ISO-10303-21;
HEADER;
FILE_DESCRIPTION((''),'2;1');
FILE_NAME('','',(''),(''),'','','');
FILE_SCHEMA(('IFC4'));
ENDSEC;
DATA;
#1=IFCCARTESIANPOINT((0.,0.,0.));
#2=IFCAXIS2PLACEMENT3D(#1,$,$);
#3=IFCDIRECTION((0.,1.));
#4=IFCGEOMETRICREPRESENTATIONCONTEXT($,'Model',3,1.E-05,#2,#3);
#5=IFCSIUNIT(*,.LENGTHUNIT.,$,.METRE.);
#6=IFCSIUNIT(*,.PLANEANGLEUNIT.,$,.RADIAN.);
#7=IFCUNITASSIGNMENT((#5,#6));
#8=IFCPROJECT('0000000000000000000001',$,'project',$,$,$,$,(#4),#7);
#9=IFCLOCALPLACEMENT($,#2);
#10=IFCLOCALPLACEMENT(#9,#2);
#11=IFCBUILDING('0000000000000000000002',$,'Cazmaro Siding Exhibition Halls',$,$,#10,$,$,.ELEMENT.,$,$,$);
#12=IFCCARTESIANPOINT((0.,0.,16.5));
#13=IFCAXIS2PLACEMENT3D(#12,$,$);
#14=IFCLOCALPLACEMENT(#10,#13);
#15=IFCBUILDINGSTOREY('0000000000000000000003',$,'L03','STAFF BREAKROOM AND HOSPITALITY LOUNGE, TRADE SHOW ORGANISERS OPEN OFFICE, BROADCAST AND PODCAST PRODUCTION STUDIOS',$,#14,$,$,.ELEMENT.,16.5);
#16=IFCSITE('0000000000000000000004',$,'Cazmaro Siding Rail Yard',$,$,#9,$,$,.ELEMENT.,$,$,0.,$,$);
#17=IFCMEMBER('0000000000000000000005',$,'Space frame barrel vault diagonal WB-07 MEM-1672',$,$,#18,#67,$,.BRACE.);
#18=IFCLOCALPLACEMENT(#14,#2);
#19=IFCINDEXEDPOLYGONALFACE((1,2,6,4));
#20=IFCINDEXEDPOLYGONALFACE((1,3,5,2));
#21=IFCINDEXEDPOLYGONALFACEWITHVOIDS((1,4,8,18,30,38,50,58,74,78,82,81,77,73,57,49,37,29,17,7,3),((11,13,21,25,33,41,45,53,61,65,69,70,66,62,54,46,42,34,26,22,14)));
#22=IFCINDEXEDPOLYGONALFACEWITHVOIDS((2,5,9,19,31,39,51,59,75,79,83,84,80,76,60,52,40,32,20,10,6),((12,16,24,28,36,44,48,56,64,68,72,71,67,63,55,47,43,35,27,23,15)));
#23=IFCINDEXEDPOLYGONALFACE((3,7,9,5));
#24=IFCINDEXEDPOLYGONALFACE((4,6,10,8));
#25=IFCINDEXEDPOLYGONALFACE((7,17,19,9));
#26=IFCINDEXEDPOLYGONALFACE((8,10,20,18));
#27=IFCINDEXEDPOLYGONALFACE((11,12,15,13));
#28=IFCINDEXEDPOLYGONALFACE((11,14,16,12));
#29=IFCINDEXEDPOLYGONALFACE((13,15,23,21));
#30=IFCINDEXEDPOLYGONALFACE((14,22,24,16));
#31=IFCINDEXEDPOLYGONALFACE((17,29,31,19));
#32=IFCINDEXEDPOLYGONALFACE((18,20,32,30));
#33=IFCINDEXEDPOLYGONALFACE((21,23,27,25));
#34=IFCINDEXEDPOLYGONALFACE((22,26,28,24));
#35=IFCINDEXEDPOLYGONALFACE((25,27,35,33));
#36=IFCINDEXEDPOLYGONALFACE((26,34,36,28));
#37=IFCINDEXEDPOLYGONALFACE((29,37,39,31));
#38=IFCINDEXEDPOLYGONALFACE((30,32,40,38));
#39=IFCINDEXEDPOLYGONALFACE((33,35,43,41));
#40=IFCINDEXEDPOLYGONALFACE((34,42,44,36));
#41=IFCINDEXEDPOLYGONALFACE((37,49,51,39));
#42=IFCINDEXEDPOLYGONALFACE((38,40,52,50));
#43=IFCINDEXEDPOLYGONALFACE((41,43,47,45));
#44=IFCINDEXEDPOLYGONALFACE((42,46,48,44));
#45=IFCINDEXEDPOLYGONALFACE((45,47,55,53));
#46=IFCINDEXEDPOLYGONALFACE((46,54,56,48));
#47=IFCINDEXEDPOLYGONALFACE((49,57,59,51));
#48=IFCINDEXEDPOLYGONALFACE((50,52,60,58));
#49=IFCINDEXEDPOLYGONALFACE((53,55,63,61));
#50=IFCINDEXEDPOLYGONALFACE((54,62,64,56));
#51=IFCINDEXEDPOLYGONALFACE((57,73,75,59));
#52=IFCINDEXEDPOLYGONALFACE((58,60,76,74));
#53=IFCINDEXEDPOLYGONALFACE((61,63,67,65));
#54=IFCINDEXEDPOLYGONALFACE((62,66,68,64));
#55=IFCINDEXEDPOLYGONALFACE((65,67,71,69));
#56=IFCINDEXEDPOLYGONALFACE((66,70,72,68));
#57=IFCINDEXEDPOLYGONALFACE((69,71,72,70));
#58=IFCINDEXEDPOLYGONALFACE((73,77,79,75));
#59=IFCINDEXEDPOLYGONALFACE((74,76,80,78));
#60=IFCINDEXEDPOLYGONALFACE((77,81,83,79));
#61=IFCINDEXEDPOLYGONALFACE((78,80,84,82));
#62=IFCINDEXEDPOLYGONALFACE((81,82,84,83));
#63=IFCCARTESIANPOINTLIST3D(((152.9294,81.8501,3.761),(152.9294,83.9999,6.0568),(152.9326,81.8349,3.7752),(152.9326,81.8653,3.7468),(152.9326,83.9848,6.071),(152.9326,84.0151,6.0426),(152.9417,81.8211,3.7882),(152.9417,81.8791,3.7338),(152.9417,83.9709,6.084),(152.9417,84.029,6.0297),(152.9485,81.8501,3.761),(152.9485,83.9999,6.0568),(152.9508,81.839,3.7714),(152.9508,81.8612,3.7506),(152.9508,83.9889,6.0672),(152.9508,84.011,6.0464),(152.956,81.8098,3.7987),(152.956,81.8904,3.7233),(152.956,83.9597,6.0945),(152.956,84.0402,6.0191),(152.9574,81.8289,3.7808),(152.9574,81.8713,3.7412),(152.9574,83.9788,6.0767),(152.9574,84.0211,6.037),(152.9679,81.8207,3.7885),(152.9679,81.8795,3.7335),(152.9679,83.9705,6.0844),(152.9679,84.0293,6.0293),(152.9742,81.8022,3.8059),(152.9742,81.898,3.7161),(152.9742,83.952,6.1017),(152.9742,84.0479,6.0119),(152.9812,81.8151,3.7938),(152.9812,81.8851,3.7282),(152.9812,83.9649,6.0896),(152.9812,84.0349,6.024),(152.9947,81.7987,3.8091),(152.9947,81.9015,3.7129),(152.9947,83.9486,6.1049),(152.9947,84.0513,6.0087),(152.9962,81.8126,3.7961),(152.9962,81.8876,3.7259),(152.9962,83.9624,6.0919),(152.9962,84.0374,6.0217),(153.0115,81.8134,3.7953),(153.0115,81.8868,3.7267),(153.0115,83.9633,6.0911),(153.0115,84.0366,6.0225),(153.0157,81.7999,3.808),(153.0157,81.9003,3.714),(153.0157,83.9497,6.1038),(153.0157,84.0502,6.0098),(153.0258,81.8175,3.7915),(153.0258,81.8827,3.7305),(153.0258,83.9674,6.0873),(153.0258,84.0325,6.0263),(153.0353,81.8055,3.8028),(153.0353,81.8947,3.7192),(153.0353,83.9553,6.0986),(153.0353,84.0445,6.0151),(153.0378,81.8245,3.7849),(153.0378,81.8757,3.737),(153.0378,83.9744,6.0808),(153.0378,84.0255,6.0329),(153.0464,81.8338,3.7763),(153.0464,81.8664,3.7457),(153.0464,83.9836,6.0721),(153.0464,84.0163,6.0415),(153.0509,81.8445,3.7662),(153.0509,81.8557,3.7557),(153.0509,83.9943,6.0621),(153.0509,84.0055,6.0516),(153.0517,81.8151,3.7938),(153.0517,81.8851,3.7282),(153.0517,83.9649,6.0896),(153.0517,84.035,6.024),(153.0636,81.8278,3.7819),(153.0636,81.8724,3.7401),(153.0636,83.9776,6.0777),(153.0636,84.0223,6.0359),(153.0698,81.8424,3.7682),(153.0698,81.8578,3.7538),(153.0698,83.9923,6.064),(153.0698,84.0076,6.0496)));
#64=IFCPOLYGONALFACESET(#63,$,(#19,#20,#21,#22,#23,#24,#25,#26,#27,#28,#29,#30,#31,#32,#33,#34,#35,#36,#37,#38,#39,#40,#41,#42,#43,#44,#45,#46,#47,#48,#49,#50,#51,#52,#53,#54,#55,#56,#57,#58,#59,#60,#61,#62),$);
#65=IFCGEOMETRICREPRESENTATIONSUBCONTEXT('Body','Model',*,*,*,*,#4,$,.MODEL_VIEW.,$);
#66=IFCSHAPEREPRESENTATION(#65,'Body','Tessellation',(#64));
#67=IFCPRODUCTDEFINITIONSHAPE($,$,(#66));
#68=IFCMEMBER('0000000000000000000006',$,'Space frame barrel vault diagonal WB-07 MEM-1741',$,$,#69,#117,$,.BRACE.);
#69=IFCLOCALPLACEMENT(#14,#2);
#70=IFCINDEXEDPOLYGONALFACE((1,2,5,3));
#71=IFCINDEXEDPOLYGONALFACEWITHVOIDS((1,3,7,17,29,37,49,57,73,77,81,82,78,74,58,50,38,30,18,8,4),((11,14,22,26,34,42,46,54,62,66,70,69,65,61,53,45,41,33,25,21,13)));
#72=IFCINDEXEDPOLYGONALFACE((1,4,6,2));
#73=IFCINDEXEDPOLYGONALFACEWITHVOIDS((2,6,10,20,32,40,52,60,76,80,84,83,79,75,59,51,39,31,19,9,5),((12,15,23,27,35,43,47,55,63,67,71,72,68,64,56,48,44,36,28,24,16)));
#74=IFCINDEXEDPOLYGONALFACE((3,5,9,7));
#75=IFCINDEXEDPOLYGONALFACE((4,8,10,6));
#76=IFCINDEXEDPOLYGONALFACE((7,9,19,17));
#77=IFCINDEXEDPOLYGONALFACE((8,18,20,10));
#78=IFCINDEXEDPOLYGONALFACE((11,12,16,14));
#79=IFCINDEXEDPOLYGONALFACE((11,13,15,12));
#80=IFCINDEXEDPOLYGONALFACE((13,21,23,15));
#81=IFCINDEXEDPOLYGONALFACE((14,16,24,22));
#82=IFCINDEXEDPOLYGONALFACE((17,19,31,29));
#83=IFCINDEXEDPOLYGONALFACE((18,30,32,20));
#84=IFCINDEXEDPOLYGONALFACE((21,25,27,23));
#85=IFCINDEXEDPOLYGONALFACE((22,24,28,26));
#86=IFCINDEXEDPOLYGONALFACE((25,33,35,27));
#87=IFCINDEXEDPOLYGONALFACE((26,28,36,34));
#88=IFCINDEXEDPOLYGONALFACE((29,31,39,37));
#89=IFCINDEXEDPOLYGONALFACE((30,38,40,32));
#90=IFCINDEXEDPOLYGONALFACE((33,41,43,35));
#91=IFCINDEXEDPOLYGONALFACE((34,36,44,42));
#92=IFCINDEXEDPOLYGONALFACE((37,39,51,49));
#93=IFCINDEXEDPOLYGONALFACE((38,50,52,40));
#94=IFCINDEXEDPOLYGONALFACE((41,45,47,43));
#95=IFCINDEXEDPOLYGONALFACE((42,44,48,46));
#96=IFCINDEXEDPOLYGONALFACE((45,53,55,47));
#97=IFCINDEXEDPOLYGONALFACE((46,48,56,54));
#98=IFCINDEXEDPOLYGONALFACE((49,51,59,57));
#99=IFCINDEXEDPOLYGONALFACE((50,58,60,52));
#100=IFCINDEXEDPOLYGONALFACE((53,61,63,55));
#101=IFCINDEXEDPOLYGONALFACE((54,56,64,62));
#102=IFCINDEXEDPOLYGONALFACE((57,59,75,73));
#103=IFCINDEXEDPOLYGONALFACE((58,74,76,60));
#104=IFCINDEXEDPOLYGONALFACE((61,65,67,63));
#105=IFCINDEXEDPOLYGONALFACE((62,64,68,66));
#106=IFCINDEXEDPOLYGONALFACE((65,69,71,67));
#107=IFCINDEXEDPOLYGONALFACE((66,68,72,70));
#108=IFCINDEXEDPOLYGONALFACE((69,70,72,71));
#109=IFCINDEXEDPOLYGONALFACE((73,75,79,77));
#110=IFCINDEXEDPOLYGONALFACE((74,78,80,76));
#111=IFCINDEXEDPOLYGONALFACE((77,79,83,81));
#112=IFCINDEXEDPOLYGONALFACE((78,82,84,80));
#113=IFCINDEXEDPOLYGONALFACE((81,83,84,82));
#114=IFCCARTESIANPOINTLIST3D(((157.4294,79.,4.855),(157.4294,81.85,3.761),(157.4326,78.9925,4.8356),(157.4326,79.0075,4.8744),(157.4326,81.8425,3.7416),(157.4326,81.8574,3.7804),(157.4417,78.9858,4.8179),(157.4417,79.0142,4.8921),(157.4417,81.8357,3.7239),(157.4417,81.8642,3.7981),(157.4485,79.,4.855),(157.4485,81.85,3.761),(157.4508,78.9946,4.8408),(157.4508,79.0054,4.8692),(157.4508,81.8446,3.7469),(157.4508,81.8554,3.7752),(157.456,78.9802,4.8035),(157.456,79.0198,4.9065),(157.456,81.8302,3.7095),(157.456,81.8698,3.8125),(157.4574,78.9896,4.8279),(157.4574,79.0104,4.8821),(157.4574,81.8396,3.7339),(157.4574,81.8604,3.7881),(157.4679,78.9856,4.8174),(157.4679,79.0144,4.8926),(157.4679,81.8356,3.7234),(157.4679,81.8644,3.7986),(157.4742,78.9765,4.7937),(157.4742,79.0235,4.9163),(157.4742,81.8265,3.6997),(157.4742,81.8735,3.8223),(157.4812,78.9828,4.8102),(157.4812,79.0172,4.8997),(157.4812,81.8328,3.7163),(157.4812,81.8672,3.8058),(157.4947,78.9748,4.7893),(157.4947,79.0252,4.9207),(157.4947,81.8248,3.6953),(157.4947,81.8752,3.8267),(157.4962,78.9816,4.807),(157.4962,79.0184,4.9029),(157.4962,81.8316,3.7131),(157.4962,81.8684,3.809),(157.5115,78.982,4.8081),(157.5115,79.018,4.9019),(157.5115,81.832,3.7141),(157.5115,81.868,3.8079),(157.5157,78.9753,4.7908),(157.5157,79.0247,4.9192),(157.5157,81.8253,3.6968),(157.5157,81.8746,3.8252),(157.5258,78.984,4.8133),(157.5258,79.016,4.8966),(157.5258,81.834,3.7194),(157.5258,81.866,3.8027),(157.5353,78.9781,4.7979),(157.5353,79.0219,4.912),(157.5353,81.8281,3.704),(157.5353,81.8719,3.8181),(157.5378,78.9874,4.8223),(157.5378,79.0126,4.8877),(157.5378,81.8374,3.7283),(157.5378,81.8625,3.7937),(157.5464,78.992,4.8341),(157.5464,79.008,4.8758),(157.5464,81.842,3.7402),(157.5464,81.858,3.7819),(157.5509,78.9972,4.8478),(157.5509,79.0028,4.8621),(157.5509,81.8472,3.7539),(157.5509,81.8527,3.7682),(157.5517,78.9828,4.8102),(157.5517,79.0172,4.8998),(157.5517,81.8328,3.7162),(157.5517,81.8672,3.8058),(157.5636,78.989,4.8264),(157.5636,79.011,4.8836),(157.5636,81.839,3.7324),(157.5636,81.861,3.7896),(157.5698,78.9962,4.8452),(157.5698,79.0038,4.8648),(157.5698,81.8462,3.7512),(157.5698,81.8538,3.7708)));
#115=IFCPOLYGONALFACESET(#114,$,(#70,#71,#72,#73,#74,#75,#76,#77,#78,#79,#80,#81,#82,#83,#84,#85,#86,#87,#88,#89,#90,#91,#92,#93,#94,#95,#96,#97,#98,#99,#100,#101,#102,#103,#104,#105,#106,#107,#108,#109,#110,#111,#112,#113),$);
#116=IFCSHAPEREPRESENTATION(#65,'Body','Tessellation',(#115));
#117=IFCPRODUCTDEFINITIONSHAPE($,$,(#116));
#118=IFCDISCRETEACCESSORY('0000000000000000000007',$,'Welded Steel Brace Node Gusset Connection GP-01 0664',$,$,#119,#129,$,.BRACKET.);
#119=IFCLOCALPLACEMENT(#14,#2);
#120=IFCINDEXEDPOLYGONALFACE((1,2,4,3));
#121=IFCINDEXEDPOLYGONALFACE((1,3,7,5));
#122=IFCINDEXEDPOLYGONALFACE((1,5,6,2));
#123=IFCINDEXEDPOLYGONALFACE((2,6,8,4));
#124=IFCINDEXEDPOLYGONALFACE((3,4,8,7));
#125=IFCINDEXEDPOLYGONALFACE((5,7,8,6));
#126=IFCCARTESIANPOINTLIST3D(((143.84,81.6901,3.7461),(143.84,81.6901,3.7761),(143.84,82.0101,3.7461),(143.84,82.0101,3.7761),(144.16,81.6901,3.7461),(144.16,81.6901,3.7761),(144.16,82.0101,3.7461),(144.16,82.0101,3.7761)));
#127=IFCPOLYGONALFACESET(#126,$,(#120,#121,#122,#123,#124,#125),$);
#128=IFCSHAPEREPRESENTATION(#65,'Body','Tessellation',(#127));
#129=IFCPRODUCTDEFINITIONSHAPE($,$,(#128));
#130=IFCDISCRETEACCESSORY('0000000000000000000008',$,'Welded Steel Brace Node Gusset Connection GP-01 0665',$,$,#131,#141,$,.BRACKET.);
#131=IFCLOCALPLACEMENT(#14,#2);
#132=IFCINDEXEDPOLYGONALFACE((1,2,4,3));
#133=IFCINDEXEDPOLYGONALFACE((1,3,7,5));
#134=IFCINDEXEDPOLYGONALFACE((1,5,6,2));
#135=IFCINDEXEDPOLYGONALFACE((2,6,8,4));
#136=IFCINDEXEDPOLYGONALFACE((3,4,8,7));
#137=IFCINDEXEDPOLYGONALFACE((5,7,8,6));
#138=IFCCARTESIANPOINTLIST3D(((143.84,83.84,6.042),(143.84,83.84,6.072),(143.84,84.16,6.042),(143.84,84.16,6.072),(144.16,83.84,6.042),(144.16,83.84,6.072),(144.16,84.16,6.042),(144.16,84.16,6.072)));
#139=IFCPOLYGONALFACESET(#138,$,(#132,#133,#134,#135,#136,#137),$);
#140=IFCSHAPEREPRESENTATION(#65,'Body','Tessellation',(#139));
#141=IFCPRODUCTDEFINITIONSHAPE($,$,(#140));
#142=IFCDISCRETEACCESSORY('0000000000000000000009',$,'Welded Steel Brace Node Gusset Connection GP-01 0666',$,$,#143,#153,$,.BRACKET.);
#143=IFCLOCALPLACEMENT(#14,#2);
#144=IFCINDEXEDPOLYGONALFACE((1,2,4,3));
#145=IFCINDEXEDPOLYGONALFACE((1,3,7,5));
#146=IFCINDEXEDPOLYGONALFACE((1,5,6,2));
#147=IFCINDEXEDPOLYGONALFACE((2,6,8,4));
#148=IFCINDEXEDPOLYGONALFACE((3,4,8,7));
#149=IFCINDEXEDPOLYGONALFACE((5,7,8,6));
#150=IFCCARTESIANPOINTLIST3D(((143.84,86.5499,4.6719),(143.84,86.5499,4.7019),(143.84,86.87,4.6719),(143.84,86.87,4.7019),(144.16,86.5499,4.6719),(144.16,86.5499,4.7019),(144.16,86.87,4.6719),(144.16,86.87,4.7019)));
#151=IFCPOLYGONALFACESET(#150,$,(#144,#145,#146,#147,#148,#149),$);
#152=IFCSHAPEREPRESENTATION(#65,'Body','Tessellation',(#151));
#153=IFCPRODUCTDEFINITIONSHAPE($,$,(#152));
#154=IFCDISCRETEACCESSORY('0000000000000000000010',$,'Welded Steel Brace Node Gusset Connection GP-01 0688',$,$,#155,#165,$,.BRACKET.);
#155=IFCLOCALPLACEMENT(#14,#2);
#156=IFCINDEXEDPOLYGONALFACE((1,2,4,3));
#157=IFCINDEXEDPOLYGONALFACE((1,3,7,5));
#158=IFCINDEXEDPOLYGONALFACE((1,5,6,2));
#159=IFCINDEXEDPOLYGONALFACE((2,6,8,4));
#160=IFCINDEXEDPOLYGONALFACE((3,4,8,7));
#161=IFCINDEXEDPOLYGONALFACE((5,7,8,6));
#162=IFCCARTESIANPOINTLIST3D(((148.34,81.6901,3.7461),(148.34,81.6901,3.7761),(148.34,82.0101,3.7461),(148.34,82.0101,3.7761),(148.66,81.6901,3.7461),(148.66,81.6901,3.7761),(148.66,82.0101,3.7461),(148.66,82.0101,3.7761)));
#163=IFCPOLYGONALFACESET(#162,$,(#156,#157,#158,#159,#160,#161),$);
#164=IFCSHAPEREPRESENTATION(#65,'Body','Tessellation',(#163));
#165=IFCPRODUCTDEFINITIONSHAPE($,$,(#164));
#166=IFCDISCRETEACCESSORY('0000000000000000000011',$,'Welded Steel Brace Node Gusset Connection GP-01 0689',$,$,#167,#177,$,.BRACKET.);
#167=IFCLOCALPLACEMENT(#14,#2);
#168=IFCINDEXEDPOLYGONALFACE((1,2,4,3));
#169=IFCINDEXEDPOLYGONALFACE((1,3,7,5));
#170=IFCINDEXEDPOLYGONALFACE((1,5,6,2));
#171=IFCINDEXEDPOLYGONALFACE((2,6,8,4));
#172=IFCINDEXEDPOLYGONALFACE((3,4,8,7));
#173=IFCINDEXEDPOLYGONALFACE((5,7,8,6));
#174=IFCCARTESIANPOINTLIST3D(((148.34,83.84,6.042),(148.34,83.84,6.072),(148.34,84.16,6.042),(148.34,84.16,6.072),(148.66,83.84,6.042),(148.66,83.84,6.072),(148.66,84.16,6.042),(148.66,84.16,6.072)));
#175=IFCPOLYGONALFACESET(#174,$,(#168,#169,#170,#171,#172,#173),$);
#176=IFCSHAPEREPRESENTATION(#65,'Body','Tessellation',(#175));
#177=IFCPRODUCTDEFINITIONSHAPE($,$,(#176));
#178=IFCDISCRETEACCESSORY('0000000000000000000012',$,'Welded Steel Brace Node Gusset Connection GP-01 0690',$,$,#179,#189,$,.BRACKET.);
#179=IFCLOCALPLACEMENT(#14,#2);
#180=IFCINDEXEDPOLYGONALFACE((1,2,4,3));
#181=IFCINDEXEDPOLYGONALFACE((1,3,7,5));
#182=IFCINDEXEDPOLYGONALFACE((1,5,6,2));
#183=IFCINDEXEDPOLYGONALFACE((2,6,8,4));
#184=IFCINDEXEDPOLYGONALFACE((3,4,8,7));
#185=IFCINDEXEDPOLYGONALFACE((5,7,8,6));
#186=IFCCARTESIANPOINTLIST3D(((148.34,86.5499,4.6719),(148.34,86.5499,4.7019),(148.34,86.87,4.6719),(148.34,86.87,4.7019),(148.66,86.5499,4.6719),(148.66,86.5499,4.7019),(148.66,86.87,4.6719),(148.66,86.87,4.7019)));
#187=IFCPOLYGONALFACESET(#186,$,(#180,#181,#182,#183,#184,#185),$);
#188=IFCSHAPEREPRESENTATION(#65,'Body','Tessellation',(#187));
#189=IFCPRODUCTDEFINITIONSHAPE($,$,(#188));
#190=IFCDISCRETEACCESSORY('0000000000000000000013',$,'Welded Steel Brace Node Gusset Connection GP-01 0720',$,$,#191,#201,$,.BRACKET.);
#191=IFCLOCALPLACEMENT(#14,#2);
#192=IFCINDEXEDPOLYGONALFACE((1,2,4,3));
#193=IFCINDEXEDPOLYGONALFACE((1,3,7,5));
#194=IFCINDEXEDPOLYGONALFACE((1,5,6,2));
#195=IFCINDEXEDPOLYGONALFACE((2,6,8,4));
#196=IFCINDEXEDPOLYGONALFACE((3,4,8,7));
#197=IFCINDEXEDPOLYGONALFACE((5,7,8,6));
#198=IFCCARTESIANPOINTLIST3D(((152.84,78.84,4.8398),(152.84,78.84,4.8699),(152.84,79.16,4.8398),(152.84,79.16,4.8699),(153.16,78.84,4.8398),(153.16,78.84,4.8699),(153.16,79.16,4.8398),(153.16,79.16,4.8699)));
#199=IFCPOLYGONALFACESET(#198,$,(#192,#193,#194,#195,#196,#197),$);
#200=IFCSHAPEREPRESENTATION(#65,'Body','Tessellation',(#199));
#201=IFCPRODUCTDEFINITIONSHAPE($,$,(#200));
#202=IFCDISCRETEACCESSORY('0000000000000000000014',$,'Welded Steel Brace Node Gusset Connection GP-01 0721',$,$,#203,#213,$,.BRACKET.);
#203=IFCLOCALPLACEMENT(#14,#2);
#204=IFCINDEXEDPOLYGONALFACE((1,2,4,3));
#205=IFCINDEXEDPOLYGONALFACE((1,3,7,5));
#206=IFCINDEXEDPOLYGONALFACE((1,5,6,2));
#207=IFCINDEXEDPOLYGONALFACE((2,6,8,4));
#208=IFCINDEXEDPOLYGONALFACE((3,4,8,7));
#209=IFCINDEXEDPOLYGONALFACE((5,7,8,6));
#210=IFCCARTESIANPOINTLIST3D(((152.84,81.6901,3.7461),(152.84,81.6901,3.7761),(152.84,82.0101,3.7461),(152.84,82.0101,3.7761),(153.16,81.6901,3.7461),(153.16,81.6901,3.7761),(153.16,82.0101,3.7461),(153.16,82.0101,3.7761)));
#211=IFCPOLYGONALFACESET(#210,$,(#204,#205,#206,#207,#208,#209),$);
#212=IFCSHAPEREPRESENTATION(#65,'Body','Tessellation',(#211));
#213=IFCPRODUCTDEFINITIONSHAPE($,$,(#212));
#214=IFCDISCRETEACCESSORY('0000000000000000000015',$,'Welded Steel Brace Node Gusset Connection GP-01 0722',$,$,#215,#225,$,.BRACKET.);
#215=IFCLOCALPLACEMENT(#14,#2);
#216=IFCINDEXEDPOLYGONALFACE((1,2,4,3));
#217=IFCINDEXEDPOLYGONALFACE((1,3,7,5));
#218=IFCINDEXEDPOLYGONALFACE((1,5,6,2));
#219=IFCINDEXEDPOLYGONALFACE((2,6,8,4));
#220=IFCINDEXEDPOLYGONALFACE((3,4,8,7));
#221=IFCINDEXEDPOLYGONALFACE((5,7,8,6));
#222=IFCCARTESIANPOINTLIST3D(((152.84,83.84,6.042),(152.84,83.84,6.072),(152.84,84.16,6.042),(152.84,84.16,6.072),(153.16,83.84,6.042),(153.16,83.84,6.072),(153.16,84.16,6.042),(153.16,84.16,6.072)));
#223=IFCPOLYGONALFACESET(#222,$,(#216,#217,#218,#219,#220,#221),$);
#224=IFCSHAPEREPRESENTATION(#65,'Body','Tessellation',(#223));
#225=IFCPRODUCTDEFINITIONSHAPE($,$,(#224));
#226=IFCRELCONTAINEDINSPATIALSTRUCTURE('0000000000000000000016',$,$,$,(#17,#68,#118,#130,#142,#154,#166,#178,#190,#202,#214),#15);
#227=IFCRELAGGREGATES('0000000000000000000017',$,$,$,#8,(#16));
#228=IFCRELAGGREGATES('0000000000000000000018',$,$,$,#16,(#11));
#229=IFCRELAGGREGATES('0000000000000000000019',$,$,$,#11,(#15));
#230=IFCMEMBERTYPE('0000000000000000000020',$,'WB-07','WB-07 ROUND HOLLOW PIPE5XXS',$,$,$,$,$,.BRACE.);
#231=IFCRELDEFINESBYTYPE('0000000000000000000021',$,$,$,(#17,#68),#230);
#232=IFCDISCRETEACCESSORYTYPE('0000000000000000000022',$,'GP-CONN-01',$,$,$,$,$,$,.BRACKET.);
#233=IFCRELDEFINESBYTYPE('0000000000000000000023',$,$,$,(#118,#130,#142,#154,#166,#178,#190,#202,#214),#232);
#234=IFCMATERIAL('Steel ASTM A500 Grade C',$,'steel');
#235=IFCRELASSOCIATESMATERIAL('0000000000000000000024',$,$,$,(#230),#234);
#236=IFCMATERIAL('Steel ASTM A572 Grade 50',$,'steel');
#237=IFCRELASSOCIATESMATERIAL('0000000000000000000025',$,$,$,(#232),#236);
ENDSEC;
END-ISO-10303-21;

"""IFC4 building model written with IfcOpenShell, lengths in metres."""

from ifc_helpers import new_model, si_unit, direction, frame, origin, origin_2d, place, context, subcontext, project, spatial, rectangle, hollow_circle, extrude, material, material_profile, profile_set, type_object, element, save


model = new_model("IFC4")

# Units and contexts
model_context = context("Model", 3, precision=1e-05, world=origin(), true_north=direction((0.0, 1.0)))
body_context = subcontext(model_context, "Body", "Model", "MODEL_VIEW")
ifc_project = project(units=[si_unit("LENGTHUNIT", "METRE"), si_unit("PLANEANGLEUNIT", "RADIAN")], contexts=[model_context])

# Site, building, storey
site_placement = place(None, origin())
site = spatial("IfcSite", under=ifc_project, at=site_placement, Name="Cazmaro Siding Rail Yard", CompositionType="ELEMENT", RefElevation=0.0)
building_placement = place(site_placement, origin())
building = spatial("IfcBuilding", under=site, at=building_placement, Name="Cazmaro Siding Exhibition Halls", CompositionType="ELEMENT")
storey_placement = place(building_placement, frame((0.0, 0.0, 16.5)))
storey = spatial("IfcBuildingStorey", under=building, at=storey_placement, Name="L03", Description="STAFF BREAKROOM AND HOSPITALITY LOUNGE, TRADE SHOW ORGANISERS OPEN OFFICE, BROADCAST AND PODCAST PRODUCTION STUDIOS", CompositionType="ELEMENT", Elevation=16.5)

# Members
ifc_material_1 = material(Name="Steel ASTM A500 Grade C", Category="steel")
ifc_material_profile_1 = material_profile(ifc_material_1, hollow_circle(Radius=0.0706, WallThickness=0.019, at=origin_2d()), Name="PIPE5XXS")
ifc_profile_set_1 = profile_set([ifc_material_profile_1], Name="Steel ASTM A500 Grade C")
member_type_1 = type_object("IfcMemberType", Name="WB-07", Description="WB-07 ROUND HOLLOW PIPE5XXS", PredefinedType="BRACE", material=ifc_profile_set_1)
member_1_placement = place(storey_placement, frame((153.0, 81.8501, 3.761), z_axis=(0.0, 0.683518, 0.729934), x_axis=(-1.0, 0.0, 0.0)))
element("IfcMember", 1, at=member_1_placement, inside=storey, type_object=member_type_1, Name="Space frame barrel vault diagonal WB-07 MEM-1672", PredefinedType="BRACE", context=body_context, shape_type="SweptSolid", body=[
    extrude(hollow_circle(Radius=0.0706, WallThickness=0.019, at=origin_2d()), origin(), (0.0, 0.0, 1.0), 3.1453),
])
member_2_placement = place(storey_placement, frame((157.5, 79.0, 4.855), z_axis=(0.0, 0.933587, -0.358352), x_axis=(-1.0, 0.0, 0.0)))
element("IfcMember", 2, at=member_2_placement, inside=storey, type_object=member_type_1, Name="Space frame barrel vault diagonal WB-07 MEM-1741", PredefinedType="BRACE", context=body_context, shape_type="SweptSolid", body=[
    extrude(hollow_circle(Radius=0.0706, WallThickness=0.019, at=origin_2d()), origin(), (0.0, 0.0, 1.0), 3.0527),
])

# Discrete accessories
ifc_material_2 = material(Name="Steel ASTM A572 Grade 50", Category="steel")
discrete_accessory_type = type_object("IfcDiscreteAccessoryType", Name="GP-CONN-01", PredefinedType="BRACKET", material=ifc_material_2)
for number, where, z_axis, x_axis, name in (
    (3, (144.0, 81.8501, 3.7461), (0.0, 0.0, 1.0), (1.0, 0.0, 0.0), "Welded Steel Brace Node Gusset Connection GP-01 0664"),
    (4, (144.0, 84.0, 6.042), (0.0, 0.0, 1.0), (1.0, 0.0, 0.0), "Welded Steel Brace Node Gusset Connection GP-01 0665"),
    (5, (144.0, 86.71, 4.6719), (0.0, 0.0, 1.0), (1.0, 0.0, 0.0), "Welded Steel Brace Node Gusset Connection GP-01 0666"),
    (6, (148.5, 81.8501, 3.7461), (0.0, 0.0, 1.0), (1.0, 0.0, 0.0), "Welded Steel Brace Node Gusset Connection GP-01 0688"),
    (7, (148.5, 84.0, 6.042), (0.0, 0.0, 1.0), (1.0, 0.0, 0.0), "Welded Steel Brace Node Gusset Connection GP-01 0689"),
    (8, (148.5, 86.71, 4.6719), (0.0, 0.0, 1.0), (1.0, 0.0, 0.0), "Welded Steel Brace Node Gusset Connection GP-01 0690"),
    (9, (153.0, 79.0, 4.8398), (0.0, 0.0, 1.0), (1.0, 0.0, 0.0), "Welded Steel Brace Node Gusset Connection GP-01 0720"),
    (10, (153.0, 81.8501, 3.7461), (0.0, 0.0, 1.0), (1.0, 0.0, 0.0), "Welded Steel Brace Node Gusset Connection GP-01 0721"),
    (11, (153.0, 84.0, 6.042), (0.0, 0.0, 1.0), (1.0, 0.0, 0.0), "Welded Steel Brace Node Gusset Connection GP-01 0722"),
):
    element("IfcDiscreteAccessory", number, at=place(storey_placement, frame(where, z_axis=z_axis, x_axis=x_axis)), inside=storey, type_object=discrete_accessory_type, Name=name, PredefinedType="BRACKET", context=body_context, shape_type="SweptSolid", body=[
        extrude(rectangle(XDim=0.3201, YDim=0.3201, at=origin_2d()), origin(), (0.0, 0.0, 1.0), 0.03),
    ])

save(model, "model.ifc")
